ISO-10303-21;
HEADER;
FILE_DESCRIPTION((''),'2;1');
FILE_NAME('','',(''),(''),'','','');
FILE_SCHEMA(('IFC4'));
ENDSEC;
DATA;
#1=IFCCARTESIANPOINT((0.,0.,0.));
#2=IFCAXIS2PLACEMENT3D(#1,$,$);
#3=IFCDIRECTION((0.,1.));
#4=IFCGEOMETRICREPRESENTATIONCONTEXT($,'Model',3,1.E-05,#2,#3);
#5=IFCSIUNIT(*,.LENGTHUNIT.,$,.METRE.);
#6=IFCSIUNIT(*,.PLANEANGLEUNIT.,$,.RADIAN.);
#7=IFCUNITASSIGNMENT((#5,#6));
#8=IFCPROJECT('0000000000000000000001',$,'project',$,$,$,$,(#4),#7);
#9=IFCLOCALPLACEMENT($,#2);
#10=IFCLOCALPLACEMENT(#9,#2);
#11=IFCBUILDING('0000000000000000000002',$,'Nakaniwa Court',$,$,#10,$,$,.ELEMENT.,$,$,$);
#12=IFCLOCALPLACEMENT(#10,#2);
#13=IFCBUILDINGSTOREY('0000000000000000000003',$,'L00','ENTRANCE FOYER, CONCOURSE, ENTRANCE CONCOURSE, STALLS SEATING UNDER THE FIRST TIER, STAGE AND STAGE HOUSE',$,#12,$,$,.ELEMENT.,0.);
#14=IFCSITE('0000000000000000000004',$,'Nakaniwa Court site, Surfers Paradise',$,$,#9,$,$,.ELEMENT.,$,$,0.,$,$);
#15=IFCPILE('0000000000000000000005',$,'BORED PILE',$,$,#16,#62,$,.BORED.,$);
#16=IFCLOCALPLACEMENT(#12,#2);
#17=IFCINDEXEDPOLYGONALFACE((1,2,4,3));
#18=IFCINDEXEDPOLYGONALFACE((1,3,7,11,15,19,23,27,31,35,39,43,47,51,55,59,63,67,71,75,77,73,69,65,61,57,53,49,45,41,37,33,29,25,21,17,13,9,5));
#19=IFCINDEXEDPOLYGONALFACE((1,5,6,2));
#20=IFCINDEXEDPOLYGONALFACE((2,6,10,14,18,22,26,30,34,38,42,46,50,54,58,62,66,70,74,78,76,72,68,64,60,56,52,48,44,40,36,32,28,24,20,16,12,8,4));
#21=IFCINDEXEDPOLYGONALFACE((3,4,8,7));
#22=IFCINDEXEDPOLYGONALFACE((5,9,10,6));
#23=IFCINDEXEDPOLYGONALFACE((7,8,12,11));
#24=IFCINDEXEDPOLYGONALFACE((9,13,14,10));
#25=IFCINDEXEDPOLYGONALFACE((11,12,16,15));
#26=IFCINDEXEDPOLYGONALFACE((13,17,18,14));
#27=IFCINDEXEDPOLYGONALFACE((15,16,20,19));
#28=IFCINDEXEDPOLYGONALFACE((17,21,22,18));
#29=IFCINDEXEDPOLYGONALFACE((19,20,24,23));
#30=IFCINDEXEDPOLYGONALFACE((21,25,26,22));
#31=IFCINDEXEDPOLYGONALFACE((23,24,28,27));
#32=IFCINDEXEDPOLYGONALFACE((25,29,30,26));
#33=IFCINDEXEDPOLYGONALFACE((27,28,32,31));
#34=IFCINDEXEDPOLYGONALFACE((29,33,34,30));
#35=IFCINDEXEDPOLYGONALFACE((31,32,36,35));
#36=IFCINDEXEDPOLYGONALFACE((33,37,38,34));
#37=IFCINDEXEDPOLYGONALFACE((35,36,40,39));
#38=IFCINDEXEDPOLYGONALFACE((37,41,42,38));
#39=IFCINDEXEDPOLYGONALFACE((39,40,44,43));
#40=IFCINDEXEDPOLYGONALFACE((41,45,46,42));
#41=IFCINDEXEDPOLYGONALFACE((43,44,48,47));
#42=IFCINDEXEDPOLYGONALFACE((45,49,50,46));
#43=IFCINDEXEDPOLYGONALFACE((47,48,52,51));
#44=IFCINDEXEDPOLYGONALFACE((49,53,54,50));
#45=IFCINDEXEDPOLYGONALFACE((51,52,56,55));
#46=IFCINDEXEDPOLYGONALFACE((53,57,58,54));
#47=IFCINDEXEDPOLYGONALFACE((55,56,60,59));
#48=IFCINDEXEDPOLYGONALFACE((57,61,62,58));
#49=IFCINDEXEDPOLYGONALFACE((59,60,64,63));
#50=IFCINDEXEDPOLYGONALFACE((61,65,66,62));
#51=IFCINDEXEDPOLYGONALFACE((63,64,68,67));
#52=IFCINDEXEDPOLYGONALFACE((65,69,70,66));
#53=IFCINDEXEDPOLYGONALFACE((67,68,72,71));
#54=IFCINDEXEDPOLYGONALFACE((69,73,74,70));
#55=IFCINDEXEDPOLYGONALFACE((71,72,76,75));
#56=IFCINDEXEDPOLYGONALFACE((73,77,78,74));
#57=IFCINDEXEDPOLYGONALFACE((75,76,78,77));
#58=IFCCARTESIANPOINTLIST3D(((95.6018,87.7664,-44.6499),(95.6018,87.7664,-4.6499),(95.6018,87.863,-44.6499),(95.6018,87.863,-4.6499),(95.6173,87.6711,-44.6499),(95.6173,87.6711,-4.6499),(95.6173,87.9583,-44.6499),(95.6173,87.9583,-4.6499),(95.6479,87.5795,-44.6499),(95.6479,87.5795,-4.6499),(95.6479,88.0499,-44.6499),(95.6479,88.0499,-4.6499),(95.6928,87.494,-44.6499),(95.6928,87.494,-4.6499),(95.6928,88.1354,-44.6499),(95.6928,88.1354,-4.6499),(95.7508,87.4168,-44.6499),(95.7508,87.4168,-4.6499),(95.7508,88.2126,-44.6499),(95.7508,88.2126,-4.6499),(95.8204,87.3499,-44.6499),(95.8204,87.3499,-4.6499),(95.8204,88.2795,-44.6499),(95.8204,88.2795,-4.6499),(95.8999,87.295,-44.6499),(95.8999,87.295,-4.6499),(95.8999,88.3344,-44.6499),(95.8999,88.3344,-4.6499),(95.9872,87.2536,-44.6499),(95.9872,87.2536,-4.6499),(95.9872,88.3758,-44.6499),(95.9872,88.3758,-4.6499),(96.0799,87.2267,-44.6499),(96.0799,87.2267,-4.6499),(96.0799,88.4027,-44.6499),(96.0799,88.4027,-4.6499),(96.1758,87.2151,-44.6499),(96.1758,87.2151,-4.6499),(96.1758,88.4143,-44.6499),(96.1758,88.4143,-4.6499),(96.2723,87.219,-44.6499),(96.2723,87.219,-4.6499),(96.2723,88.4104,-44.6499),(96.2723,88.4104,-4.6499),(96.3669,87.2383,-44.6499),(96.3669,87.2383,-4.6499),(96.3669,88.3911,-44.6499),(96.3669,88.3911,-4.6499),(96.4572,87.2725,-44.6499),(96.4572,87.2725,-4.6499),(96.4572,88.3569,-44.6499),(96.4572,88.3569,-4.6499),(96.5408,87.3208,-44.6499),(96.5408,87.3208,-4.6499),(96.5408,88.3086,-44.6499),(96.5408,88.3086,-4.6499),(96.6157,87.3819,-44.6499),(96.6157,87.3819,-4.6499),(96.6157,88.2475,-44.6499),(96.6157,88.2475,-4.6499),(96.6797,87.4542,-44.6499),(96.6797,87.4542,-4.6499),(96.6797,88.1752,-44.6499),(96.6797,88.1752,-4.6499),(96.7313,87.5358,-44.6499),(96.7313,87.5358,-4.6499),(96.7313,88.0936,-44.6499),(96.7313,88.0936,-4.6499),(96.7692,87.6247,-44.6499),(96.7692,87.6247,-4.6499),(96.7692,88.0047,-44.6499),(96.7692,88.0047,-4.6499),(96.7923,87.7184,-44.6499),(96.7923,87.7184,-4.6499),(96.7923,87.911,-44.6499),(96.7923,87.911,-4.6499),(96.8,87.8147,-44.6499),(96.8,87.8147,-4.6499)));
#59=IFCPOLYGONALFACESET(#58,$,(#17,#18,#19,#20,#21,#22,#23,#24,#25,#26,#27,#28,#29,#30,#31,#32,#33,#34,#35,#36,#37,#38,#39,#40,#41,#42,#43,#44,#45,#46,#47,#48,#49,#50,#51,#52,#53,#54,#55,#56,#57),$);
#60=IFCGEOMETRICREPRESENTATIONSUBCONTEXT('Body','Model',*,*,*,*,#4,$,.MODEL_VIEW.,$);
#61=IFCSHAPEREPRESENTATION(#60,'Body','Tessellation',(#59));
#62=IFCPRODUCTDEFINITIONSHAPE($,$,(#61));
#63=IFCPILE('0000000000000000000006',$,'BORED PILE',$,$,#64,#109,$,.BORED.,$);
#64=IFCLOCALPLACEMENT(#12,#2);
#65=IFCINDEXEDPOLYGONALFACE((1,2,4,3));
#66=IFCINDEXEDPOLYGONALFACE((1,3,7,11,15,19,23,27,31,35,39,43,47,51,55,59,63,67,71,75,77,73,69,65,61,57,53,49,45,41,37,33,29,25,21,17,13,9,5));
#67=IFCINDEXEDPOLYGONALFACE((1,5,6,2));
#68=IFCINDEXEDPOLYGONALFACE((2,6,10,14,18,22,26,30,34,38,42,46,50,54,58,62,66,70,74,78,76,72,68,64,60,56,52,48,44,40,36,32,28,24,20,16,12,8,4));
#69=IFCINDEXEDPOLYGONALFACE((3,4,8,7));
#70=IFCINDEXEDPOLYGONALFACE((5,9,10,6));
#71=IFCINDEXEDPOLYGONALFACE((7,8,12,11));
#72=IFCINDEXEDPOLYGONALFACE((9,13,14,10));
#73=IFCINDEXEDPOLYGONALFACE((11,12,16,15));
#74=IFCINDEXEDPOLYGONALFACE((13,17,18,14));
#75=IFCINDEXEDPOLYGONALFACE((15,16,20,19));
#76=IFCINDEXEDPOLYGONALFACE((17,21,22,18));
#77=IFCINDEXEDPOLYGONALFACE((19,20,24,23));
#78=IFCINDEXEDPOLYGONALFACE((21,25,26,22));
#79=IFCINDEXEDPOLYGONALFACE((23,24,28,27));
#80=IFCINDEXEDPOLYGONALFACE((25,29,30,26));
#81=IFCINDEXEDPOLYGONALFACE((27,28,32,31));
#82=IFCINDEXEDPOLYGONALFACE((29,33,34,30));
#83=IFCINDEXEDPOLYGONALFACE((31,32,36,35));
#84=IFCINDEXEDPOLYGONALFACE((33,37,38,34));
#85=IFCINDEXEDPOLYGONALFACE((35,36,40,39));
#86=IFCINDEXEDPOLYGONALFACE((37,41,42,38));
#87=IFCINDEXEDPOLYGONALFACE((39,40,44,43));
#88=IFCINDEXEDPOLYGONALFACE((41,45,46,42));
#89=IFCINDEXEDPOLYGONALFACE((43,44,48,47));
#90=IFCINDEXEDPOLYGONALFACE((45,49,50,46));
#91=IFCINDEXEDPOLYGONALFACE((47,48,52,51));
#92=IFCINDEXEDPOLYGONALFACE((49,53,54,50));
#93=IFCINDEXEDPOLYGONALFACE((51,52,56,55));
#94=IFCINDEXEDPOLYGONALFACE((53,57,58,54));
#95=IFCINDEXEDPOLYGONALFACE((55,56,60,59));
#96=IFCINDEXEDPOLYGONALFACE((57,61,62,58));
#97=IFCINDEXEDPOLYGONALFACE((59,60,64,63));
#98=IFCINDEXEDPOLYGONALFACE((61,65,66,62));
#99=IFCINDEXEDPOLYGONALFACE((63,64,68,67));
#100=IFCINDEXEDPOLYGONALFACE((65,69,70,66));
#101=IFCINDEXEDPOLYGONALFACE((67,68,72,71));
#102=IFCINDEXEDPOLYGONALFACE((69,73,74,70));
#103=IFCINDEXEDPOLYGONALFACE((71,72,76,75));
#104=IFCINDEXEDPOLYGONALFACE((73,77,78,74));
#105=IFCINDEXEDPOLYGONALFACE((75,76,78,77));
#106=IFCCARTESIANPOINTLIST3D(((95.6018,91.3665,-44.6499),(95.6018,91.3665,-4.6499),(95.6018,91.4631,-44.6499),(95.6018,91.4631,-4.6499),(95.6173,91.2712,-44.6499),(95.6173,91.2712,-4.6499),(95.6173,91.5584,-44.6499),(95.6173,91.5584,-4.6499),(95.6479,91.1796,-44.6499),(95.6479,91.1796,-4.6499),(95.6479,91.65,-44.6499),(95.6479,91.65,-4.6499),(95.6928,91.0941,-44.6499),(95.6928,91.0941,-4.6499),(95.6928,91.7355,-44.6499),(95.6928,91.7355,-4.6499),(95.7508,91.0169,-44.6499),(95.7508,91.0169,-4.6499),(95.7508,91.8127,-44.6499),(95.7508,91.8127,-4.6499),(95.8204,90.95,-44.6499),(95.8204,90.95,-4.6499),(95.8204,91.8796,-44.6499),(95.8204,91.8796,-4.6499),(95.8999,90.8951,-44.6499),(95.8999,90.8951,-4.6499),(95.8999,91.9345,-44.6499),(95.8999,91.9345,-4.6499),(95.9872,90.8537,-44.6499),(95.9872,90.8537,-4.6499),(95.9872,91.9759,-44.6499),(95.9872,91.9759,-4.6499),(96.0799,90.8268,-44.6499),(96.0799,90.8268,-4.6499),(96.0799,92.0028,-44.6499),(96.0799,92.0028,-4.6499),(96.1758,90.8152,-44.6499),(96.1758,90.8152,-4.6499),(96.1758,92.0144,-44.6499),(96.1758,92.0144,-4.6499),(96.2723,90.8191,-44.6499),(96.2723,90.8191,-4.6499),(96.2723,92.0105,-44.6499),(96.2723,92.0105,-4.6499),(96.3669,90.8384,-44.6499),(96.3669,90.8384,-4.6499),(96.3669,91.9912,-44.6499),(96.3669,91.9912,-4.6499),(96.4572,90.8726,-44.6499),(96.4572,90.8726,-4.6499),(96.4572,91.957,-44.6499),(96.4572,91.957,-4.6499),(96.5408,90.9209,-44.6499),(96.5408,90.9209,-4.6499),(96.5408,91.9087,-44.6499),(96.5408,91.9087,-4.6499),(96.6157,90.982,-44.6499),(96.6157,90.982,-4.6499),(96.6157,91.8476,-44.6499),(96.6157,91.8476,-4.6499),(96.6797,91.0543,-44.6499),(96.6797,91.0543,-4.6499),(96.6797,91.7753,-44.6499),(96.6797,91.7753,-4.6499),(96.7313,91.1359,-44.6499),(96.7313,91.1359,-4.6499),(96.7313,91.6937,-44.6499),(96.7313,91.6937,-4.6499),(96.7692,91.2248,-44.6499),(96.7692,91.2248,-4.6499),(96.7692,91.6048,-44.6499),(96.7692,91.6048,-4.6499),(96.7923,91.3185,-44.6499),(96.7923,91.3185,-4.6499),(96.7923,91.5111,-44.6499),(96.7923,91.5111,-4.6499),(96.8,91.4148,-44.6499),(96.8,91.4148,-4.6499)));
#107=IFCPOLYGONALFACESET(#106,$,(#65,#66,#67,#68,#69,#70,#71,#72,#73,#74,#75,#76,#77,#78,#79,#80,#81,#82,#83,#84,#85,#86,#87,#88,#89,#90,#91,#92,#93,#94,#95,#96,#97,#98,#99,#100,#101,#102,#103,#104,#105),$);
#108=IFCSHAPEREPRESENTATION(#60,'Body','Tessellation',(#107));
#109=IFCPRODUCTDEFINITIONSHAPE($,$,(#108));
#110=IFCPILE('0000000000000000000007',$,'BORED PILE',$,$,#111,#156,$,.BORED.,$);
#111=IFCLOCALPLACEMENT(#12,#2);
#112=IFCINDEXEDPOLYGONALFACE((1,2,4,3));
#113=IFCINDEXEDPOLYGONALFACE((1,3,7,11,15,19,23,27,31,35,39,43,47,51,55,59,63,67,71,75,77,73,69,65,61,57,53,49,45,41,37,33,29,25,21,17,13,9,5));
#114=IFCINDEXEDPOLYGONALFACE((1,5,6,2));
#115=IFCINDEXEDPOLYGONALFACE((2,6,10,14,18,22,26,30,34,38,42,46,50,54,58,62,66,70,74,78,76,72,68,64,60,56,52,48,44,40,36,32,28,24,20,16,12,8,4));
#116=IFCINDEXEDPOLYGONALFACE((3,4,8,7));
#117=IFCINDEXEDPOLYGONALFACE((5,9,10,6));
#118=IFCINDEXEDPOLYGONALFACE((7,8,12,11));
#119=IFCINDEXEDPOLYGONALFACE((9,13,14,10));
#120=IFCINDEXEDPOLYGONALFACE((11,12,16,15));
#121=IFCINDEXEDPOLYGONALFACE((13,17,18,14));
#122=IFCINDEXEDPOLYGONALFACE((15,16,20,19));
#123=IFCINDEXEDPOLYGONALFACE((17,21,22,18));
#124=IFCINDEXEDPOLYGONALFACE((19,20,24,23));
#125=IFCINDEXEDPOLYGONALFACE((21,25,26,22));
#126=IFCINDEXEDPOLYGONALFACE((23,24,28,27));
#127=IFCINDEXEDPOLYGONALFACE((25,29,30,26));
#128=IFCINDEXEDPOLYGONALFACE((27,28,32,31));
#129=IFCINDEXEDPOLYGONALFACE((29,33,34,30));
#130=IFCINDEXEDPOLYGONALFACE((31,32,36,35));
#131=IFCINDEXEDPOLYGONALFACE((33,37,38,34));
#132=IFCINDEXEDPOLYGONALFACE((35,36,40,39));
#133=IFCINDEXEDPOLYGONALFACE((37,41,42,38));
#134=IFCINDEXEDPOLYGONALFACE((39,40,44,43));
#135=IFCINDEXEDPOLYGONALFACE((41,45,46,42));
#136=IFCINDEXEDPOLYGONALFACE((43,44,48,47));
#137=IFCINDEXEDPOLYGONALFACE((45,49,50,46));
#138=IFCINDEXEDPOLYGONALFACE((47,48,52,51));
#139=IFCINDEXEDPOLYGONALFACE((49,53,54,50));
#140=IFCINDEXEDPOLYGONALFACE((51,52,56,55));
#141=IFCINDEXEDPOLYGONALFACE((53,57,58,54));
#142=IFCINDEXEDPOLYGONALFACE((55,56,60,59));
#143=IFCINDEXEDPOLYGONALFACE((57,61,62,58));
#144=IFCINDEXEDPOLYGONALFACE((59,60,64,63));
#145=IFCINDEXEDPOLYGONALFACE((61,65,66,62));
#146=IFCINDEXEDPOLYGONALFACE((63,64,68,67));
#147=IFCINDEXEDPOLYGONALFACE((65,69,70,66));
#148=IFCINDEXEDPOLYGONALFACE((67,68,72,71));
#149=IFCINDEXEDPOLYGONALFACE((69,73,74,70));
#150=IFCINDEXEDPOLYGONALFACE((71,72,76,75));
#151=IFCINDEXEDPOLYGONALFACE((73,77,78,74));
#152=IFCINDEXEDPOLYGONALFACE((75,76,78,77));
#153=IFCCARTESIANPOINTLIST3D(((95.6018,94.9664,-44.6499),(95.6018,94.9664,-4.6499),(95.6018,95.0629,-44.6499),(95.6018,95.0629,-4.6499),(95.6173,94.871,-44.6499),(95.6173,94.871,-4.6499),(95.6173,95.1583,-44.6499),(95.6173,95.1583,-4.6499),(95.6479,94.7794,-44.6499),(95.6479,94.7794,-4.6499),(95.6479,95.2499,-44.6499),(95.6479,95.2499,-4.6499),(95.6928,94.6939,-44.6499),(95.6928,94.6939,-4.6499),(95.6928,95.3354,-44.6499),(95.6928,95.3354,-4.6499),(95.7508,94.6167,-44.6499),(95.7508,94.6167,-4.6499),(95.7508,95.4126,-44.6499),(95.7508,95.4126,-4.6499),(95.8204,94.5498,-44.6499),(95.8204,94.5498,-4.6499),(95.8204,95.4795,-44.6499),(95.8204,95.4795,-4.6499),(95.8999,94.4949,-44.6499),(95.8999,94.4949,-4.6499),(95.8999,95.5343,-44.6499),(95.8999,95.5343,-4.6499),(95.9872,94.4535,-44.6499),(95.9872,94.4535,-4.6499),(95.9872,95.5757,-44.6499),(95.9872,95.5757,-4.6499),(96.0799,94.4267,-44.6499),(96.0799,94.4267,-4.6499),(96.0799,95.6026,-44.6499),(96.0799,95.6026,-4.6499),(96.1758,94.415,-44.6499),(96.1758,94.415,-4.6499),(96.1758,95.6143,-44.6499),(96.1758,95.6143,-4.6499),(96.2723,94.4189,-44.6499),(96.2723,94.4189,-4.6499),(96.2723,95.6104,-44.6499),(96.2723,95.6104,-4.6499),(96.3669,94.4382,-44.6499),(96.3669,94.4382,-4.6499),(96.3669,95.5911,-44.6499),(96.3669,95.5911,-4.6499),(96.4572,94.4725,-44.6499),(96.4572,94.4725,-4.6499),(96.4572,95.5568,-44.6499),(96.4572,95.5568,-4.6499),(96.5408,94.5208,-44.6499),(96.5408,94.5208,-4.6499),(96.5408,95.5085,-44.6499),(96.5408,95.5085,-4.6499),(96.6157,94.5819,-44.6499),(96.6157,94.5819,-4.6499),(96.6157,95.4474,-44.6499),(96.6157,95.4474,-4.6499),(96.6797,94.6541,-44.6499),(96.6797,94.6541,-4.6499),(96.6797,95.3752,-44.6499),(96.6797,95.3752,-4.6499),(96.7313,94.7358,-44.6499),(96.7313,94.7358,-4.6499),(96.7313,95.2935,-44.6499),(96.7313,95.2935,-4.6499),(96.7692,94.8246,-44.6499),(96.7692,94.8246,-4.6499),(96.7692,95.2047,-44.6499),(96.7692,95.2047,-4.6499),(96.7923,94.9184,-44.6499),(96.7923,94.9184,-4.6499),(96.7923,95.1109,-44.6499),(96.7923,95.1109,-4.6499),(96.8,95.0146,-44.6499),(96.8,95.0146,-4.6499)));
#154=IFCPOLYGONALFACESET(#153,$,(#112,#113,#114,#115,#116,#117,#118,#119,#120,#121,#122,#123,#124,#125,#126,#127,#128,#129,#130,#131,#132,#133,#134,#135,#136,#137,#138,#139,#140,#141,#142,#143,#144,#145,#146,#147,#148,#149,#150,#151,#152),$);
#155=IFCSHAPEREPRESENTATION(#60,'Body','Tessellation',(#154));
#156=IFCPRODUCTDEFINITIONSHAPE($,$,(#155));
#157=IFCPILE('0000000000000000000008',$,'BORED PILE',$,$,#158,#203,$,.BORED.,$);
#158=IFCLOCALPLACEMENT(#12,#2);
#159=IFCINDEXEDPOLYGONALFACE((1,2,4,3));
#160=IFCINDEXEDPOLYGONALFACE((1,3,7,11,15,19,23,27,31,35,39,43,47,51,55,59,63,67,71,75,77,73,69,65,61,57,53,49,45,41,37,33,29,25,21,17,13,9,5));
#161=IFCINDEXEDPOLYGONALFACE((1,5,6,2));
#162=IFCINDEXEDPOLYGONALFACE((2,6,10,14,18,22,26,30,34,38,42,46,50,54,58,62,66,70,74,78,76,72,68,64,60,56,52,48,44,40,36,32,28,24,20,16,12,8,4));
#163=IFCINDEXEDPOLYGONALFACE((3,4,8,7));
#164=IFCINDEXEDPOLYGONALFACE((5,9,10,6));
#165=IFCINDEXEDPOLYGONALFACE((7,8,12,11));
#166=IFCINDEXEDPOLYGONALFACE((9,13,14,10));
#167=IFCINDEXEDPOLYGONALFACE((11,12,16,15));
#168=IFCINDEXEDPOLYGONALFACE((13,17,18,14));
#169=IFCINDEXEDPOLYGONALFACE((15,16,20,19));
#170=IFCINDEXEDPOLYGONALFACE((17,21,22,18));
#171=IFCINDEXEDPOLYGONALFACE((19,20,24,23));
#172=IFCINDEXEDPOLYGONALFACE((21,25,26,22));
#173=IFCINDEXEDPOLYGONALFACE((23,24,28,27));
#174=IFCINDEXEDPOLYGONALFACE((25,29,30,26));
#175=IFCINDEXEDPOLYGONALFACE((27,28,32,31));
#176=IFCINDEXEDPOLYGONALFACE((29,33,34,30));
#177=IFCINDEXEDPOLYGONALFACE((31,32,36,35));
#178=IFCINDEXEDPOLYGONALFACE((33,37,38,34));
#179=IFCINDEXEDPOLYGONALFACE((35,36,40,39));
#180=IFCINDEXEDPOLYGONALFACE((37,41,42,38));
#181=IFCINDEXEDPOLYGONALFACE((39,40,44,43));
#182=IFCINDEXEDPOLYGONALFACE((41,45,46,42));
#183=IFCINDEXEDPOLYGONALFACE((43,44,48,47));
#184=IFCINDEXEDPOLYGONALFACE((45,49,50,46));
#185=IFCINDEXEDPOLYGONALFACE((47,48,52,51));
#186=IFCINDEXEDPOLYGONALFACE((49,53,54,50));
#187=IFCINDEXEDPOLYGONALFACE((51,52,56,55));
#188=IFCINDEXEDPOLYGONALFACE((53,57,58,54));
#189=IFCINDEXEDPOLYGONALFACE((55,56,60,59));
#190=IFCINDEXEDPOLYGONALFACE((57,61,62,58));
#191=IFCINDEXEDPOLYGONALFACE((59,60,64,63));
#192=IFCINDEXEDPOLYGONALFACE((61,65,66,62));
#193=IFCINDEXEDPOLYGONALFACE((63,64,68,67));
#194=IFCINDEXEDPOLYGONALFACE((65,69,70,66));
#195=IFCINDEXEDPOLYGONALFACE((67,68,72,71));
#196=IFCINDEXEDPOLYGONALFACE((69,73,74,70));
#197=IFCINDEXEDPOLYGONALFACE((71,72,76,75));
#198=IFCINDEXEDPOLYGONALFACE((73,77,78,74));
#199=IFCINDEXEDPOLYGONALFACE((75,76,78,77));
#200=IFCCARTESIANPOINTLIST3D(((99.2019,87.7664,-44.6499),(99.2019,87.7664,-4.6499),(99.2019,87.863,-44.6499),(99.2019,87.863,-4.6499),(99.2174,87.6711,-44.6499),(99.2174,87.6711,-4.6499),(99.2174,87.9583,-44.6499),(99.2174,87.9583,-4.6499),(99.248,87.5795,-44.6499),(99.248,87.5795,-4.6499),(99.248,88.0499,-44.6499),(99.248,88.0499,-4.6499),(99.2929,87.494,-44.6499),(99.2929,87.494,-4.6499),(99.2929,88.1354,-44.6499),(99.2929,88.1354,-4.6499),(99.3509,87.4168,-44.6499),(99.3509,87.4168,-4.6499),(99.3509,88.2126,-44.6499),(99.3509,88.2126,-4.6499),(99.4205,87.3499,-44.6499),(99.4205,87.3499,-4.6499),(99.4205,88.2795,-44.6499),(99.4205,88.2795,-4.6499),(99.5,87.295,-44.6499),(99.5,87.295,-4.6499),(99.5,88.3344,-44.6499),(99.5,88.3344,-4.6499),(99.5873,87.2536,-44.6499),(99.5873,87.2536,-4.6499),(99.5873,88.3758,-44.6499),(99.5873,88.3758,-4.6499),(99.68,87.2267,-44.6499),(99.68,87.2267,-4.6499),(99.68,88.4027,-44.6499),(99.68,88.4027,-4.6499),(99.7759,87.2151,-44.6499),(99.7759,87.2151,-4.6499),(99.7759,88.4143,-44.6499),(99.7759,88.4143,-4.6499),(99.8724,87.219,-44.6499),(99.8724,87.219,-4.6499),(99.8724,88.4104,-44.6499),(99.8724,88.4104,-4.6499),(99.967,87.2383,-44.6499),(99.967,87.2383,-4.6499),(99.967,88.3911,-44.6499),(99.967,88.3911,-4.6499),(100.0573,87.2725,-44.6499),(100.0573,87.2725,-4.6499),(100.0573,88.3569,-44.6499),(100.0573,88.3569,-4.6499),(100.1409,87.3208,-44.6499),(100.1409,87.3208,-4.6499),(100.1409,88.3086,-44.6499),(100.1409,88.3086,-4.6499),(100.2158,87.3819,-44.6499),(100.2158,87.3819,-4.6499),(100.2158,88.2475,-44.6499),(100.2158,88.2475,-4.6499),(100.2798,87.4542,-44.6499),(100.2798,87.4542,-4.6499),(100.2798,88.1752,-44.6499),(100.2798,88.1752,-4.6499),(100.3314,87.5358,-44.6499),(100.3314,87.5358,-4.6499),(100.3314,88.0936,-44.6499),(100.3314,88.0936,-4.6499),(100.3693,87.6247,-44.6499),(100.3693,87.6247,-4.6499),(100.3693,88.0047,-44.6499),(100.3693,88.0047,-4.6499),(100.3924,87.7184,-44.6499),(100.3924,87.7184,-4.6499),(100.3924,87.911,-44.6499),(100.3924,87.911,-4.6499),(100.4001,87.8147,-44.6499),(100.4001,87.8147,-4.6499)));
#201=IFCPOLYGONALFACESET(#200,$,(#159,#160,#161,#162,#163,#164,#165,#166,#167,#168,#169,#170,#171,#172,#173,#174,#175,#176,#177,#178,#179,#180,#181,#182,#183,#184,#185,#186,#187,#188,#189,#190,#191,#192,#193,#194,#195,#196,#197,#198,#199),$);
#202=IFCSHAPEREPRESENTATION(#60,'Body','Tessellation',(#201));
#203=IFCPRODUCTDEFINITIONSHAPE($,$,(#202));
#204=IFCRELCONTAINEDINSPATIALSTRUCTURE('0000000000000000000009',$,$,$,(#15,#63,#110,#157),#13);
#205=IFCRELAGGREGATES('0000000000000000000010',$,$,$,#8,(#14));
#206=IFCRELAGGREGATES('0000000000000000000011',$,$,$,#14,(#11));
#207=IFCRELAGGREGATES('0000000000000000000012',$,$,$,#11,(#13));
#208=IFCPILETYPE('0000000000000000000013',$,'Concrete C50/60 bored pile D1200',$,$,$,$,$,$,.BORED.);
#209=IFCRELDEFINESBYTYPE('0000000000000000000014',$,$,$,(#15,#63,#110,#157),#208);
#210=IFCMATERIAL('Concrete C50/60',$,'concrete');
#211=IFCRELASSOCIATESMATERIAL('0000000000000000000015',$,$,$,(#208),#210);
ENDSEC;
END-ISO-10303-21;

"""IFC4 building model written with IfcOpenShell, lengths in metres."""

from ifc_helpers import new_model, si_unit, direction, frame, origin, origin_2d, place, context, subcontext, project, spatial, circle, extrude, material, material_profile, profile_set, type_object, element, save


model = new_model("IFC4")

# Units and contexts
model_context = context("Model", 3, precision=1e-05, world=origin(), true_north=direction((0.0, 1.0)))
body_context = subcontext(model_context, "Body", "Model", "MODEL_VIEW")
ifc_project = project(units=[si_unit("LENGTHUNIT", "METRE"), si_unit("PLANEANGLEUNIT", "RADIAN")], contexts=[model_context])

# Site, building, storey
site_placement = place(None, origin())
site = spatial("IfcSite", under=ifc_project, at=site_placement, Name="Nakaniwa Court site, Surfers Paradise", CompositionType="ELEMENT", RefElevation=0.0)
building_placement = place(site_placement, origin())
building = spatial("IfcBuilding", under=site, at=building_placement, Name="Nakaniwa Court", CompositionType="ELEMENT")
storey_placement = place(building_placement, origin())
storey = spatial("IfcBuildingStorey", under=building, at=storey_placement, Name="L00", Description="ENTRANCE FOYER, CONCOURSE, ENTRANCE CONCOURSE, STALLS SEATING UNDER THE FIRST TIER, STAGE AND STAGE HOUSE", CompositionType="ELEMENT", Elevation=0.0)

# Piles
ifc_material_1 = material(Name="Concrete C50/60", Category="concrete")
ifc_material_profile_1 = material_profile(ifc_material_1, circle(Radius=0.6001, at=origin_2d()), Name="Concrete C50/60 bored pile D1200")
ifc_profile_set_1 = profile_set([ifc_material_profile_1], Name="Concrete C50/60")
pile_type = type_object("IfcPileType", Name="Concrete C50/60 bored pile D1200", PredefinedType="BORED", material=ifc_profile_set_1)
for number, where, z_axis, x_axis, name in (
    (1, (96.2, 87.8147, -4.6499), (0.0, 0.0, -1.0), (1.0, 0.0, 0.0), "BORED PILE"),
    (2, (96.2, 91.4148, -4.6499), (0.0, 0.0, -1.0), (1.0, 0.0, 0.0), "BORED PILE"),
    (3, (96.2, 95.0146, -4.6499), (0.0, 0.0, -1.0), (1.0, 0.0, 0.0), "BORED PILE"),
    (4, (99.8, 87.8147, -4.6499), (0.0, 0.0, -1.0), (1.0, 0.0, 0.0), "BORED PILE"),
):
    element("IfcPile", number, at=place(storey_placement, frame(where, z_axis=z_axis, x_axis=x_axis)), inside=storey, type_object=pile_type, Name=name, PredefinedType="BORED", context=body_context, shape_type="SweptSolid", body=[
        extrude(circle(Radius=0.6001, at=origin_2d()), origin(), (0.0, 0.0, 1.0), 40.0),
    ])

save(model, "model.ifc")
